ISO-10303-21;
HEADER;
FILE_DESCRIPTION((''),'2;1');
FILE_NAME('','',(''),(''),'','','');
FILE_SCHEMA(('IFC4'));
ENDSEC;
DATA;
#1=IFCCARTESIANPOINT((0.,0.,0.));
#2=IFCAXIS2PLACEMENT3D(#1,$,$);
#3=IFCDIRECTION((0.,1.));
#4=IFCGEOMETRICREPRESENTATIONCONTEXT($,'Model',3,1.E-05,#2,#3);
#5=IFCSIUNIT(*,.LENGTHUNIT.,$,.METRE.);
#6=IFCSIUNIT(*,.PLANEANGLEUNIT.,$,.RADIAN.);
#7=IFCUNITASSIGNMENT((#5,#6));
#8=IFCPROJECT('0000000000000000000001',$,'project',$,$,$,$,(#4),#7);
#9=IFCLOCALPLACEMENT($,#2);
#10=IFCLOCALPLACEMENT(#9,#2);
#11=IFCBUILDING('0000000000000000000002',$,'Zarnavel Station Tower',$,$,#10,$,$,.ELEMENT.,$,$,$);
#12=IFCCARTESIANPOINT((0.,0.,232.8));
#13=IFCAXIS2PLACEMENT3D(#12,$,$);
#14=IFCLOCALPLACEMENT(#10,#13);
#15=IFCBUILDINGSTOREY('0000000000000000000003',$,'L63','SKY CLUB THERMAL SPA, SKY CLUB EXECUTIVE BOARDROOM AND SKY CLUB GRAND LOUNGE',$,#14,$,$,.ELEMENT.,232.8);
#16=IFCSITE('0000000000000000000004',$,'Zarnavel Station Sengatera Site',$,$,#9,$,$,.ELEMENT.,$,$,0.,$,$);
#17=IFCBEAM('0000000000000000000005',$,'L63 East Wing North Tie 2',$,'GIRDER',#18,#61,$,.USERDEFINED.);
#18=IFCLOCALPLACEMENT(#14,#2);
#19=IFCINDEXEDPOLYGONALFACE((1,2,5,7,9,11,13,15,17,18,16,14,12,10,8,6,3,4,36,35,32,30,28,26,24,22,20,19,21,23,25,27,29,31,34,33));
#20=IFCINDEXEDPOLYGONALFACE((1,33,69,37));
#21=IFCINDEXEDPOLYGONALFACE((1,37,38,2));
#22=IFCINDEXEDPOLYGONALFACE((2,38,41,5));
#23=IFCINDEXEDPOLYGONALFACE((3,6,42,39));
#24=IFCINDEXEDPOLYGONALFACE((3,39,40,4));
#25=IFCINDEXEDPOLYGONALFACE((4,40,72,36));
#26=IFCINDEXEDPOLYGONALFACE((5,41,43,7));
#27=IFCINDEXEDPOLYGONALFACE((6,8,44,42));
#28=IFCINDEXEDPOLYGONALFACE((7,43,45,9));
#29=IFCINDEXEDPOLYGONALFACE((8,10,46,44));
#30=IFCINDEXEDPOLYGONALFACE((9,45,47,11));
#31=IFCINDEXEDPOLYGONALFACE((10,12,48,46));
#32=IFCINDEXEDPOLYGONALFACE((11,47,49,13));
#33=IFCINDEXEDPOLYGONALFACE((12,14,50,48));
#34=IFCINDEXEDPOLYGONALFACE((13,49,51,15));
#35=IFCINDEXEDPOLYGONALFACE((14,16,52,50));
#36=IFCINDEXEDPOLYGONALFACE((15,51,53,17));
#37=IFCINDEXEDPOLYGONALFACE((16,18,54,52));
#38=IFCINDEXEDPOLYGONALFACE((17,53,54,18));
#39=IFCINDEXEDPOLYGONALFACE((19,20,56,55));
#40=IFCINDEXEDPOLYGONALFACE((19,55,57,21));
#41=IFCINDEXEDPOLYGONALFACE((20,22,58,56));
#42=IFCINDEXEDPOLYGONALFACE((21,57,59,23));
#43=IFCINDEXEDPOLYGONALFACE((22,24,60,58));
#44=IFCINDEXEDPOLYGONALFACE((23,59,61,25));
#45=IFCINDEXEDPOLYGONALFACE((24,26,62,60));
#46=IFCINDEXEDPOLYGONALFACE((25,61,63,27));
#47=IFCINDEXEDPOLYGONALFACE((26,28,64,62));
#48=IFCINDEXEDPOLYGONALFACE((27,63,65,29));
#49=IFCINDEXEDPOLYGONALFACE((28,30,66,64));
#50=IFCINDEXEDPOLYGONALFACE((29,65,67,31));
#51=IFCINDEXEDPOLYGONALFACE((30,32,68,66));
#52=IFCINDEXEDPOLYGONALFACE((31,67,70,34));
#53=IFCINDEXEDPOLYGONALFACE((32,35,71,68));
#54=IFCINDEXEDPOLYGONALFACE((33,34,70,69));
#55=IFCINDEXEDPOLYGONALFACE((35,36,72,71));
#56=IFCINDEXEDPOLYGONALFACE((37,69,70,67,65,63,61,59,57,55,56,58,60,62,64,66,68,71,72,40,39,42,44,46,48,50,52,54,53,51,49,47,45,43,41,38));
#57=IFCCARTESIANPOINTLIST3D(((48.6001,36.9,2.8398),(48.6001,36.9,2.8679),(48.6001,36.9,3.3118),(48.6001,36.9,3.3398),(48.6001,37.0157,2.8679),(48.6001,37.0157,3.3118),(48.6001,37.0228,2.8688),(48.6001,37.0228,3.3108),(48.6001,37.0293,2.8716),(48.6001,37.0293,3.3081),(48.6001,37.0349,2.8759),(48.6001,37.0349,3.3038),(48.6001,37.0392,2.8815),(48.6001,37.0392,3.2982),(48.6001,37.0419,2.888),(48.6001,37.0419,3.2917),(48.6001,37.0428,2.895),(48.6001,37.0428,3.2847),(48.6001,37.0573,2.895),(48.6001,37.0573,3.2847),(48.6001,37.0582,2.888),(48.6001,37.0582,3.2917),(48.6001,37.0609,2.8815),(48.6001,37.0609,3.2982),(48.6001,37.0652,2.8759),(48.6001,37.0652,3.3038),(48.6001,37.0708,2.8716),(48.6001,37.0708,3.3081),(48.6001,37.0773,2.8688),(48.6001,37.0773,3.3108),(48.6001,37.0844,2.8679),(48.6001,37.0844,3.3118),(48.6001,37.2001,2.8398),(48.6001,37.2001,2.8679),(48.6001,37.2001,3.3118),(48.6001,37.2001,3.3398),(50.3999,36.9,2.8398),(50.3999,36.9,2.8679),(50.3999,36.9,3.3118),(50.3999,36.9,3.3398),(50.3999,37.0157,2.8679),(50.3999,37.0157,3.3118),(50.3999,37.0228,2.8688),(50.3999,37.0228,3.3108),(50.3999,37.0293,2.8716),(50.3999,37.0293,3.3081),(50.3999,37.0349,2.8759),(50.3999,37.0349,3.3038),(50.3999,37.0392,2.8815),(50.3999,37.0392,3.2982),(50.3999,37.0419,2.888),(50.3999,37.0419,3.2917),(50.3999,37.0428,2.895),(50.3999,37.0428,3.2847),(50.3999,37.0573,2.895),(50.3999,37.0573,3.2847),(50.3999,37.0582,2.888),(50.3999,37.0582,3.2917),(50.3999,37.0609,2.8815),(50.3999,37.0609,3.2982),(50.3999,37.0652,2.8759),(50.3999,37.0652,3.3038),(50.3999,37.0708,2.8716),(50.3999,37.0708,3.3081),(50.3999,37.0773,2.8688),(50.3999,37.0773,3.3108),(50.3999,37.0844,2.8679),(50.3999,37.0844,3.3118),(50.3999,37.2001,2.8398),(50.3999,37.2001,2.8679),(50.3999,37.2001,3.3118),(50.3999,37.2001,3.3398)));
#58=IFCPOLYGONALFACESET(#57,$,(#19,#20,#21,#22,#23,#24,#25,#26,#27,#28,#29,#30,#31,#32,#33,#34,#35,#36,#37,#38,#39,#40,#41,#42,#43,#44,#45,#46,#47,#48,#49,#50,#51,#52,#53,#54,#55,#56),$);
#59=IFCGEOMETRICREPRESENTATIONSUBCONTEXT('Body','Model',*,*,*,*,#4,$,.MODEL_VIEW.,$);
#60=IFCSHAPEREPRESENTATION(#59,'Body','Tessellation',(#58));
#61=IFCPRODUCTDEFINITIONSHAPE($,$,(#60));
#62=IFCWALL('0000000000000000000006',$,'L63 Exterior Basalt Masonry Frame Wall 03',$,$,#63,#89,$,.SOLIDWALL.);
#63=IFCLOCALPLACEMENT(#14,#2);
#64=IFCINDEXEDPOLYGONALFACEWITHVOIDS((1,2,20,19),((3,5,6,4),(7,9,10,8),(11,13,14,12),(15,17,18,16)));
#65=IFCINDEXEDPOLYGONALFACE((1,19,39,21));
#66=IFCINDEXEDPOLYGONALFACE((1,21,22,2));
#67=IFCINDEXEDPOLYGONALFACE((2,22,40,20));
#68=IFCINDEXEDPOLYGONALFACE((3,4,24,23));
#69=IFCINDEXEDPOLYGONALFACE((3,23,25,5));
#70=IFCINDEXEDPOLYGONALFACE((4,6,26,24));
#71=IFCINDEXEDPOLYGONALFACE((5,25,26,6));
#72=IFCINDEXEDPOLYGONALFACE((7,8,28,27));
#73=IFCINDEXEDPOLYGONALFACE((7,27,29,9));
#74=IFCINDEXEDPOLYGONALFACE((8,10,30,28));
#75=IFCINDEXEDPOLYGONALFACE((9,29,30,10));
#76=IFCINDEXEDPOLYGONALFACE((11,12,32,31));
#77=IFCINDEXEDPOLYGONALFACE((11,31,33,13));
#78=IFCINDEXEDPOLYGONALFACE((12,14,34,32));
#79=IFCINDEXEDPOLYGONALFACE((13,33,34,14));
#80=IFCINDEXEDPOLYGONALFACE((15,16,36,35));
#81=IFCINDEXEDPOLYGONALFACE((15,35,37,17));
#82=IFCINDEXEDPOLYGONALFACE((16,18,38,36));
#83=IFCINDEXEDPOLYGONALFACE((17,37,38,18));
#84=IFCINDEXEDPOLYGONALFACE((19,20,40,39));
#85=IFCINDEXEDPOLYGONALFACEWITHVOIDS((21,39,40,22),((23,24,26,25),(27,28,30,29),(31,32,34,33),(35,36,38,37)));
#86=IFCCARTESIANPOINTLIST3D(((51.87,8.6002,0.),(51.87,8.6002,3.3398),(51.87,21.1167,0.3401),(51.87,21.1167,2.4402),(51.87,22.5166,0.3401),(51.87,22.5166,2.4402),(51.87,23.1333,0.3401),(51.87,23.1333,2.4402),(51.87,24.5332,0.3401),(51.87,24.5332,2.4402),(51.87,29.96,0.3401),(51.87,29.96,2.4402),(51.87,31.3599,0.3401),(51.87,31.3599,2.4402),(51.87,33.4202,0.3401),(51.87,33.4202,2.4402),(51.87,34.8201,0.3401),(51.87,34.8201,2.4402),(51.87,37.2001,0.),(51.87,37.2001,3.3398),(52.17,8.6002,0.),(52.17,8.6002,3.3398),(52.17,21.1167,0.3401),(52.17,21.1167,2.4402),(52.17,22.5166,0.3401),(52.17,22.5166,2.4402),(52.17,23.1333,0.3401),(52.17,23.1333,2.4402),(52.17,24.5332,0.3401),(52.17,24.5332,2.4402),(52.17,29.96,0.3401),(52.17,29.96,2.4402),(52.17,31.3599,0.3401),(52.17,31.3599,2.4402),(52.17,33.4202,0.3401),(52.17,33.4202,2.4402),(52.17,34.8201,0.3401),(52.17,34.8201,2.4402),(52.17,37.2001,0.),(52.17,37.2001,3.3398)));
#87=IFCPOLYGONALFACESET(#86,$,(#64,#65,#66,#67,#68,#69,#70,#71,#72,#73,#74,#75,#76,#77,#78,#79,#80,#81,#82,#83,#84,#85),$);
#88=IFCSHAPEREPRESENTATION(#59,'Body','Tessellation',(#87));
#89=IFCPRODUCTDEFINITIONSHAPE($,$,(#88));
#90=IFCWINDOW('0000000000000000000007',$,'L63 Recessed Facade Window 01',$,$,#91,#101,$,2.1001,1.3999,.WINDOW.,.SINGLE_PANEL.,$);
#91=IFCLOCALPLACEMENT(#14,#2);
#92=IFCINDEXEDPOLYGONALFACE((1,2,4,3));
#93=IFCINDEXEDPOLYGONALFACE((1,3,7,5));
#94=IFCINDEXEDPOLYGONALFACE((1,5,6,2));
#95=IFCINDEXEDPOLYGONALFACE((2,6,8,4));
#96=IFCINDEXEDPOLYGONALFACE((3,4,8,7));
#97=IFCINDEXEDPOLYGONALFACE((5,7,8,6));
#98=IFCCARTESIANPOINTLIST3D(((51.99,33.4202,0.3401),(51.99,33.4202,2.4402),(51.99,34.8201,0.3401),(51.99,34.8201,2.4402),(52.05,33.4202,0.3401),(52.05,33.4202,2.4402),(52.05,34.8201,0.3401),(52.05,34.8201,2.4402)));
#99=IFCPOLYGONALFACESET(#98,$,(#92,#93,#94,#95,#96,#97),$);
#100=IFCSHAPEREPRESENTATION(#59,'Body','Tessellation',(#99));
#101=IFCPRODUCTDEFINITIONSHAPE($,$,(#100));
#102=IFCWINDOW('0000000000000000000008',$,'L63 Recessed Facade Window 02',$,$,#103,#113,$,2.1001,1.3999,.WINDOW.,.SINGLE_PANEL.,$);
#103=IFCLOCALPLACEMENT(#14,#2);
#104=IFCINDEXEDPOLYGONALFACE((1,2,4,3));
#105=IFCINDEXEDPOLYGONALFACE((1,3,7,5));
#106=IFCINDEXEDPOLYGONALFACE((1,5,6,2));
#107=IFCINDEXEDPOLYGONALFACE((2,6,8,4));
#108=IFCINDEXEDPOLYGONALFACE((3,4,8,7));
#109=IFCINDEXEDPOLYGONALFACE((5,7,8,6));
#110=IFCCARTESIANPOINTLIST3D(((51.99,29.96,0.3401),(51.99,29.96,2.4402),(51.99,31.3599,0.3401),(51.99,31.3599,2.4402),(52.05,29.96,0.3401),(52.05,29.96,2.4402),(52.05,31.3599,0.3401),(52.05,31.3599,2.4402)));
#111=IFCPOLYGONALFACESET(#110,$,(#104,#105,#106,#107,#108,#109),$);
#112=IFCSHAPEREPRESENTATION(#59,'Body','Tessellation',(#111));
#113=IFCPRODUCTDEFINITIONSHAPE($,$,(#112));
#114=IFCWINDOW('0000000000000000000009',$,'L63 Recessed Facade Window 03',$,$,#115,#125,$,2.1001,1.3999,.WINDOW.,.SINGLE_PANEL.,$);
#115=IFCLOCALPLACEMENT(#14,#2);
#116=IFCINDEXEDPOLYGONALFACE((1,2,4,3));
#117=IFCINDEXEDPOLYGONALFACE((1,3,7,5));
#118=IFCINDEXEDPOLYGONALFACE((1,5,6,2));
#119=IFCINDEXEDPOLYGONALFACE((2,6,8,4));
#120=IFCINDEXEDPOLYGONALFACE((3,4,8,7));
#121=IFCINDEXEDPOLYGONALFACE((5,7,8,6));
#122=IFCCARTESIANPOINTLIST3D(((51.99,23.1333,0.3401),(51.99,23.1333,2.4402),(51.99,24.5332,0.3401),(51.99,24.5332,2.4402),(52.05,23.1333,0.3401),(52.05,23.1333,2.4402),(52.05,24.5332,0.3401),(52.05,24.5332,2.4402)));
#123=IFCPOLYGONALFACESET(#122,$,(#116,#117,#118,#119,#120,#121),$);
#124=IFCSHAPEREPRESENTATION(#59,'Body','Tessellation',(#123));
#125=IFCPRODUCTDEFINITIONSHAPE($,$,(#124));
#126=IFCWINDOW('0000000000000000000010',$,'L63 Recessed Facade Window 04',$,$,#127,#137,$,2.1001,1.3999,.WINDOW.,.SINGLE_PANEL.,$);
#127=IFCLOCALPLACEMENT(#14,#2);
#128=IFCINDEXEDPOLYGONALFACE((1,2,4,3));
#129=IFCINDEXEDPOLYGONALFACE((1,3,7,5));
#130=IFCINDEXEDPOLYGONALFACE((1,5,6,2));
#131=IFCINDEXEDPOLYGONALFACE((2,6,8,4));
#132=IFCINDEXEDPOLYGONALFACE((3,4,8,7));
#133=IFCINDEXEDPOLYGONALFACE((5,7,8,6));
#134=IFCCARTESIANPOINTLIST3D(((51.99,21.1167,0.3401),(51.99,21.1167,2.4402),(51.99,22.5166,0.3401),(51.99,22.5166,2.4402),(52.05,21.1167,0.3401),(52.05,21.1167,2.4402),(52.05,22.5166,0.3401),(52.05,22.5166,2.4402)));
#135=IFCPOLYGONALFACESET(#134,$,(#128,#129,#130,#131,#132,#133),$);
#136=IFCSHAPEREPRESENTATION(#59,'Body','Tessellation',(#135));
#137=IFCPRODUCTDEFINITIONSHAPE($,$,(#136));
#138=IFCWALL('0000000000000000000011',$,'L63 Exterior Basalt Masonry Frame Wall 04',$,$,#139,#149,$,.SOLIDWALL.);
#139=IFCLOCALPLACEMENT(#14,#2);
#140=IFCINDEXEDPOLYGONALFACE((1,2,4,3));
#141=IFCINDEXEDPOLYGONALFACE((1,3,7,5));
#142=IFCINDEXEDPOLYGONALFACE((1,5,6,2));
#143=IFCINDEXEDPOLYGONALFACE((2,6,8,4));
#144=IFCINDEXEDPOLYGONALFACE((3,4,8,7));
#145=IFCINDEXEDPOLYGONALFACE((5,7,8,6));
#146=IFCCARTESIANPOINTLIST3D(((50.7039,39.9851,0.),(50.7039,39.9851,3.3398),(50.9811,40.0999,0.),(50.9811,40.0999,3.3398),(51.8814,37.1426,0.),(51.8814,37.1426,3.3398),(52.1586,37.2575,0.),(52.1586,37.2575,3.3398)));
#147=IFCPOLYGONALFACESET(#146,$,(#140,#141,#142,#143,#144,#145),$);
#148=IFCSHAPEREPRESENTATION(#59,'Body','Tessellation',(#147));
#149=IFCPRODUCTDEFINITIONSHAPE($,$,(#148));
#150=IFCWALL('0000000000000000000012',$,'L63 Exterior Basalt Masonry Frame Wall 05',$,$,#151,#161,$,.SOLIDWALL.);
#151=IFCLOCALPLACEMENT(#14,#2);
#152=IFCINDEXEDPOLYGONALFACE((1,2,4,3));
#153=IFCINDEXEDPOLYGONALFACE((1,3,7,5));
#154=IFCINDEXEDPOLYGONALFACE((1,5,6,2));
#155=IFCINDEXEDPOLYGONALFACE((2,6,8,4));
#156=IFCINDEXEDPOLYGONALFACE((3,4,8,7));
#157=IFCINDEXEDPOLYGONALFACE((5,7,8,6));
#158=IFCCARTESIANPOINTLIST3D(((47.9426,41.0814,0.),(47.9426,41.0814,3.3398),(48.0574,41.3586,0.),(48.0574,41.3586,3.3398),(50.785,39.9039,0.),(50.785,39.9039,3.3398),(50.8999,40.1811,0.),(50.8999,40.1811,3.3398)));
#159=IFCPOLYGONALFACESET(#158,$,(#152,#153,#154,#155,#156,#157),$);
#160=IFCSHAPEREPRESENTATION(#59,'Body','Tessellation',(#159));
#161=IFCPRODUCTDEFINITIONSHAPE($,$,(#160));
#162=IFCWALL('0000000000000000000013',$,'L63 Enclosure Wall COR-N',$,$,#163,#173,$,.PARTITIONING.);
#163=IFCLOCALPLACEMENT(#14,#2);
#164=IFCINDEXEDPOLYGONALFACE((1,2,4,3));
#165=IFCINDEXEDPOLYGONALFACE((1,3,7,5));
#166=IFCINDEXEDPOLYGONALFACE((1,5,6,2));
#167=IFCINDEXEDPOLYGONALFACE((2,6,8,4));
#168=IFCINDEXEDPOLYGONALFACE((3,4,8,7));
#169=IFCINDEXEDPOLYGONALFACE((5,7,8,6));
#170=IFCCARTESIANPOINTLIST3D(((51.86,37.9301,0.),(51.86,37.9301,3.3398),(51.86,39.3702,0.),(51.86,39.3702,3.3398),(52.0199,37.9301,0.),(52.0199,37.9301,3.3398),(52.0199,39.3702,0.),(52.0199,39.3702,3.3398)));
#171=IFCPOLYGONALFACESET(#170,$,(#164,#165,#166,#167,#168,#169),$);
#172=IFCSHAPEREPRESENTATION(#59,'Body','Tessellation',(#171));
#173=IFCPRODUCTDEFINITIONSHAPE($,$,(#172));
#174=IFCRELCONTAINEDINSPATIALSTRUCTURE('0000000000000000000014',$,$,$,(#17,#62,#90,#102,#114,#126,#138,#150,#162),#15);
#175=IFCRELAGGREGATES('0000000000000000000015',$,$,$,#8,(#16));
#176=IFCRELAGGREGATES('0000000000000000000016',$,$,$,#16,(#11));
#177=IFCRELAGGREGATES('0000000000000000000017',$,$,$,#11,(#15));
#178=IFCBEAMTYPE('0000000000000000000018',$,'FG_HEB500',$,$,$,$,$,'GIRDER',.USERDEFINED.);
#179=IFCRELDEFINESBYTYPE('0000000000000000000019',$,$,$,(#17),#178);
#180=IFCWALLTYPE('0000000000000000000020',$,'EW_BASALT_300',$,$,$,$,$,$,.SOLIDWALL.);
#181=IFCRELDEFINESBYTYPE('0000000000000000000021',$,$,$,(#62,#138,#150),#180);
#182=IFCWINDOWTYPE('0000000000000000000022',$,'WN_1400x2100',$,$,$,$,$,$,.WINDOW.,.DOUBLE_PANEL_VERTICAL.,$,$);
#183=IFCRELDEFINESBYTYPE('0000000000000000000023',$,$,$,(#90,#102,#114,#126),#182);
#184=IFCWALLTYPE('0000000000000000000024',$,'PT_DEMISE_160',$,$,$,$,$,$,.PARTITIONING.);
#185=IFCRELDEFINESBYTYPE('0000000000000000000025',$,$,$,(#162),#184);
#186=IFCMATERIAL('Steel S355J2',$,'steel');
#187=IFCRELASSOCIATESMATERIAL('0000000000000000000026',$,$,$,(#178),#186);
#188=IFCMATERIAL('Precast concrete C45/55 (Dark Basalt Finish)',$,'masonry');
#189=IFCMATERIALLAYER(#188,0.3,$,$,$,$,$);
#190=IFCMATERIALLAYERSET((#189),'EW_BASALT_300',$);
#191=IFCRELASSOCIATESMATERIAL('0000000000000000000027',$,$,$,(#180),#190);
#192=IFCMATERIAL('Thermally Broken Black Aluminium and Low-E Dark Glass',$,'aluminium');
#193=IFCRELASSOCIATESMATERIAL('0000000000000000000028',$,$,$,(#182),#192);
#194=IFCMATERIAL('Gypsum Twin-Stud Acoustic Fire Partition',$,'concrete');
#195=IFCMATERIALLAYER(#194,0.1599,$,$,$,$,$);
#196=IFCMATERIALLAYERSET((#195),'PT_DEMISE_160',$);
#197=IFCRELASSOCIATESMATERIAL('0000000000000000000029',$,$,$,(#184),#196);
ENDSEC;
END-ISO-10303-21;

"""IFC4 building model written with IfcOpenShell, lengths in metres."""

from ifc_helpers import new_model, si_unit, direction, frame, frame_2d, origin, origin_2d, place, context, subcontext, project, spatial, rectangle, i_section, extrude, material, layer, layer_set, material_profile, profile_set, type_object, element, fill, save


model = new_model("IFC4")

# Units and contexts
model_context = context("Model", 3, precision=1e-05, world=origin(), true_north=direction((0.0, 1.0)))
body_context = subcontext(model_context, "Body", "Model", "MODEL_VIEW")
ifc_project = project(units=[si_unit("LENGTHUNIT", "METRE"), si_unit("PLANEANGLEUNIT", "RADIAN")], contexts=[model_context])

# Site, building, storey
site_placement = place(None, origin())
site = spatial("IfcSite", under=ifc_project, at=site_placement, Name="Zarnavel Station Sengatera Site", CompositionType="ELEMENT", RefElevation=0.0)
building_placement = place(site_placement, origin())
building = spatial("IfcBuilding", under=site, at=building_placement, Name="Zarnavel Station Tower", CompositionType="ELEMENT")
storey_placement = place(building_placement, frame((0.0, 0.0, 232.8)))
storey = spatial("IfcBuildingStorey", under=building, at=storey_placement, Name="L63", Description="SKY CLUB THERMAL SPA, SKY CLUB EXECUTIVE BOARDROOM AND SKY CLUB GRAND LOUNGE", CompositionType="ELEMENT", Elevation=232.8)

# Beam
ifc_material_1 = material(Name="Steel S355J2", Category="steel")
ifc_material_profile_1 = material_profile(ifc_material_1, i_section(OverallWidth=0.3, OverallDepth=0.5, WebThickness=0.0144, FlangeThickness=0.0281, FilletRadius=0.0271, at=origin_2d()), Name="HEB500")
ifc_profile_set_1 = profile_set([ifc_material_profile_1], Name="Steel S355J2")
beam_type = type_object("IfcBeamType", Name="FG_HEB500", ElementType="GIRDER", PredefinedType="USERDEFINED", material=ifc_profile_set_1)
beam_1_placement = place(storey_placement, frame((48.6001, 37.05, 3.0898), z_axis=(1.0, 0.0, 0.0), x_axis=(0.0, 1.0, 0.0)))
element("IfcBeam", 1, at=beam_1_placement, inside=storey, type_object=beam_type, Name="L63 East Wing North Tie 2", ObjectType="GIRDER", PredefinedType="USERDEFINED", context=body_context, shape_type="SweptSolid", body=[
    extrude(i_section(OverallWidth=0.3, OverallDepth=0.5, WebThickness=0.0144, FlangeThickness=0.0281, FilletRadius=0.0271, at=origin_2d()), origin(), (0.0, 0.0, 1.0), 1.7998),
])

# Wall, openings, windows
ifc_material_2 = material(Name="Precast concrete C45/55 (Dark Basalt Finish)", Category="masonry")
ifc_layer_1 = layer(ifc_material_2, 0.3)
ifc_layer_set_1 = layer_set([ifc_layer_1], Name="EW_BASALT_300")
wall_type_1 = type_object("IfcWallType", Name="EW_BASALT_300", PredefinedType="SOLIDWALL", material=ifc_layer_set_1)
wall_1_placement = place(storey_placement, frame((52.02, 37.2, 0.0), z_axis=(0.0, 0.0, 1.0), x_axis=(0.0, -1.0, 0.0)))
wall_1 = element("IfcWall", 2, at=wall_1_placement, inside=storey, type_object=wall_type_1, Name="L63 Exterior Basalt Masonry Frame Wall 03", PredefinedType="SOLIDWALL", context=body_context, shape_type="SweptSolid", body=[
    extrude(rectangle(XDim=28.5999, YDim=0.3, at=frame_2d((14.2998, 0.0))), origin(), (0.0, 0.0, 1.0), 3.3398),
])
opening_1_placement = place(wall_1_placement, frame((2.3799, 0.0, 0.3401)))
opening_1 = element("IfcOpeningElement", 3, at=opening_1_placement, cuts=wall_1, PredefinedType="OPENING", context=body_context, shape_type="SweptSolid", body=[
    extrude(rectangle(XDim=1.3999, YDim=2.1001, at=frame_2d((0.7, 1.05))), frame((0.0, 0.1599, 0.0), z_axis=(0.0, -1.0, 0.0), x_axis=(1.0, 0.0, 0.0)), (0.0, 0.0, 1.0), 0.3201),
])
opening_2_placement = place(wall_1_placement, frame((5.8401, 0.0, 0.3401)))
opening_2 = element("IfcOpeningElement", 4, at=opening_2_placement, cuts=wall_1, PredefinedType="OPENING", context=body_context, shape_type="SweptSolid", body=[
    extrude(rectangle(XDim=1.3999, YDim=2.1001, at=frame_2d((0.7, 1.05))), frame((0.0, 0.1599, 0.0), z_axis=(0.0, -1.0, 0.0), x_axis=(1.0, 0.0, 0.0)), (0.0, 0.0, 1.0), 0.3201),
])
opening_3_placement = place(wall_1_placement, frame((12.6667, 0.0, 0.3401)))
opening_3 = element("IfcOpeningElement", 5, at=opening_3_placement, cuts=wall_1, PredefinedType="OPENING", context=body_context, shape_type="SweptSolid", body=[
    extrude(rectangle(XDim=1.3999, YDim=2.1001, at=frame_2d((0.7, 1.05))), frame((0.0, 0.1599, 0.0), z_axis=(0.0, -1.0, 0.0), x_axis=(1.0, 0.0, 0.0)), (0.0, 0.0, 1.0), 0.3201),
])
opening_4_placement = place(wall_1_placement, frame((14.6833, 0.0, 0.3401)))
opening_4 = element("IfcOpeningElement", 6, at=opening_4_placement, cuts=wall_1, PredefinedType="OPENING", context=body_context, shape_type="SweptSolid", body=[
    extrude(rectangle(XDim=1.3999, YDim=2.1001, at=frame_2d((0.7, 1.05))), frame((0.0, 0.1599, 0.0), z_axis=(0.0, -1.0, 0.0), x_axis=(1.0, 0.0, 0.0)), (0.0, 0.0, 1.0), 0.3201),
])
ifc_material_3 = material(Name="Thermally Broken Black Aluminium and Low-E Dark Glass", Category="aluminium")
window_type = type_object("IfcWindowType", Name="WN_1400x2100", PartitioningType="DOUBLE_PANEL_VERTICAL", PredefinedType="WINDOW", material=ifc_material_3)
window_1_placement = place(opening_1_placement, origin())
window_1 = element("IfcWindow", 7, at=window_1_placement, inside=storey, type_object=window_type, Name="L63 Recessed Facade Window 01", OverallHeight=2.1001, OverallWidth=1.3999, PartitioningType="SINGLE_PANEL", PredefinedType="WINDOW", context=body_context, shape_type="SweptSolid", body=[
    extrude(rectangle(XDim=1.3999, YDim=2.1001, at=frame_2d((0.7, 1.05))), frame((0.0, 0.03, 0.0), z_axis=(0.0, -1.0, 0.0), x_axis=(1.0, 0.0, 0.0)), (0.0, 0.0, 1.0), 0.0601),
])
fill(opening_1, window_1)
window_2_placement = place(opening_2_placement, origin())
window_2 = element("IfcWindow", 8, at=window_2_placement, inside=storey, type_object=window_type, Name="L63 Recessed Facade Window 02", OverallHeight=2.1001, OverallWidth=1.3999, PartitioningType="SINGLE_PANEL", PredefinedType="WINDOW", context=body_context, shape_type="SweptSolid", body=[
    extrude(rectangle(XDim=1.3999, YDim=2.1001, at=frame_2d((0.7, 1.05))), frame((0.0, 0.03, 0.0), z_axis=(0.0, -1.0, 0.0), x_axis=(1.0, 0.0, 0.0)), (0.0, 0.0, 1.0), 0.0601),
])
fill(opening_2, window_2)
window_3_placement = place(opening_3_placement, origin())
window_3 = element("IfcWindow", 9, at=window_3_placement, inside=storey, type_object=window_type, Name="L63 Recessed Facade Window 03", OverallHeight=2.1001, OverallWidth=1.3999, PartitioningType="SINGLE_PANEL", PredefinedType="WINDOW", context=body_context, shape_type="SweptSolid", body=[
    extrude(rectangle(XDim=1.3999, YDim=2.1001, at=frame_2d((0.7, 1.05))), frame((0.0, 0.03, 0.0), z_axis=(0.0, -1.0, 0.0), x_axis=(1.0, 0.0, 0.0)), (0.0, 0.0, 1.0), 0.0601),
])
fill(opening_3, window_3)
window_4_placement = place(opening_4_placement, origin())
window_4 = element("IfcWindow", 10, at=window_4_placement, inside=storey, type_object=window_type, Name="L63 Recessed Facade Window 04", OverallHeight=2.1001, OverallWidth=1.3999, PartitioningType="SINGLE_PANEL", PredefinedType="WINDOW", context=body_context, shape_type="SweptSolid", body=[
    extrude(rectangle(XDim=1.3999, YDim=2.1001, at=frame_2d((0.7, 1.05))), frame((0.0, 0.03, 0.0), z_axis=(0.0, -1.0, 0.0), x_axis=(1.0, 0.0, 0.0)), (0.0, 0.0, 1.0), 0.0601),
])
fill(opening_4, window_4)

# Walls
for number, where, z_axis, x_axis, name in (
    (11, (50.8425, 40.0425, 0.0), (0.0, 0.0, 1.0), (0.382705, -0.923871, 0.0), "L63 Exterior Basalt Masonry Frame Wall 04"),
    (12, (48.0, 41.22, 0.0), (0.0, 0.0, 1.0), (0.923871, -0.382705, 0.0), "L63 Exterior Basalt Masonry Frame Wall 05"),
):
    element("IfcWall", number, at=place(storey_placement, frame(where, z_axis=z_axis, x_axis=x_axis)), inside=storey, type_object=wall_type_1, Name=name, PredefinedType="SOLIDWALL", context=body_context, shape_type="SweptSolid", body=[
        extrude(rectangle(XDim=3.0767, YDim=0.3, at=frame_2d((1.5383, 0.0))), origin(), (0.0, 0.0, 1.0), 3.3398),
    ])
ifc_material_4 = material(Name="Gypsum Twin-Stud Acoustic Fire Partition", Category="concrete")
ifc_layer_2 = layer(ifc_material_4, 0.1599)
ifc_layer_set_2 = layer_set([ifc_layer_2], Name="PT_DEMISE_160")
wall_type_2 = type_object("IfcWallType", Name="PT_DEMISE_160", PredefinedType="PARTITIONING", material=ifc_layer_set_2)
wall_2_placement = place(storey_placement, frame((51.9399, 37.9299, 0.0), z_axis=(0.0, 0.0, 1.0), x_axis=(0.0, 1.0, 0.0)))
element("IfcWall", 13, at=wall_2_placement, inside=storey, type_object=wall_type_2, Name="L63 Enclosure Wall COR-N", PredefinedType="PARTITIONING", context=body_context, shape_type="SweptSolid", body=[
    extrude(rectangle(XDim=1.4402, YDim=0.1599, at=frame_2d((0.7202, 0.0))), origin(), (0.0, 0.0, 1.0), 3.3398),
])

save(model, "model.ifc")
